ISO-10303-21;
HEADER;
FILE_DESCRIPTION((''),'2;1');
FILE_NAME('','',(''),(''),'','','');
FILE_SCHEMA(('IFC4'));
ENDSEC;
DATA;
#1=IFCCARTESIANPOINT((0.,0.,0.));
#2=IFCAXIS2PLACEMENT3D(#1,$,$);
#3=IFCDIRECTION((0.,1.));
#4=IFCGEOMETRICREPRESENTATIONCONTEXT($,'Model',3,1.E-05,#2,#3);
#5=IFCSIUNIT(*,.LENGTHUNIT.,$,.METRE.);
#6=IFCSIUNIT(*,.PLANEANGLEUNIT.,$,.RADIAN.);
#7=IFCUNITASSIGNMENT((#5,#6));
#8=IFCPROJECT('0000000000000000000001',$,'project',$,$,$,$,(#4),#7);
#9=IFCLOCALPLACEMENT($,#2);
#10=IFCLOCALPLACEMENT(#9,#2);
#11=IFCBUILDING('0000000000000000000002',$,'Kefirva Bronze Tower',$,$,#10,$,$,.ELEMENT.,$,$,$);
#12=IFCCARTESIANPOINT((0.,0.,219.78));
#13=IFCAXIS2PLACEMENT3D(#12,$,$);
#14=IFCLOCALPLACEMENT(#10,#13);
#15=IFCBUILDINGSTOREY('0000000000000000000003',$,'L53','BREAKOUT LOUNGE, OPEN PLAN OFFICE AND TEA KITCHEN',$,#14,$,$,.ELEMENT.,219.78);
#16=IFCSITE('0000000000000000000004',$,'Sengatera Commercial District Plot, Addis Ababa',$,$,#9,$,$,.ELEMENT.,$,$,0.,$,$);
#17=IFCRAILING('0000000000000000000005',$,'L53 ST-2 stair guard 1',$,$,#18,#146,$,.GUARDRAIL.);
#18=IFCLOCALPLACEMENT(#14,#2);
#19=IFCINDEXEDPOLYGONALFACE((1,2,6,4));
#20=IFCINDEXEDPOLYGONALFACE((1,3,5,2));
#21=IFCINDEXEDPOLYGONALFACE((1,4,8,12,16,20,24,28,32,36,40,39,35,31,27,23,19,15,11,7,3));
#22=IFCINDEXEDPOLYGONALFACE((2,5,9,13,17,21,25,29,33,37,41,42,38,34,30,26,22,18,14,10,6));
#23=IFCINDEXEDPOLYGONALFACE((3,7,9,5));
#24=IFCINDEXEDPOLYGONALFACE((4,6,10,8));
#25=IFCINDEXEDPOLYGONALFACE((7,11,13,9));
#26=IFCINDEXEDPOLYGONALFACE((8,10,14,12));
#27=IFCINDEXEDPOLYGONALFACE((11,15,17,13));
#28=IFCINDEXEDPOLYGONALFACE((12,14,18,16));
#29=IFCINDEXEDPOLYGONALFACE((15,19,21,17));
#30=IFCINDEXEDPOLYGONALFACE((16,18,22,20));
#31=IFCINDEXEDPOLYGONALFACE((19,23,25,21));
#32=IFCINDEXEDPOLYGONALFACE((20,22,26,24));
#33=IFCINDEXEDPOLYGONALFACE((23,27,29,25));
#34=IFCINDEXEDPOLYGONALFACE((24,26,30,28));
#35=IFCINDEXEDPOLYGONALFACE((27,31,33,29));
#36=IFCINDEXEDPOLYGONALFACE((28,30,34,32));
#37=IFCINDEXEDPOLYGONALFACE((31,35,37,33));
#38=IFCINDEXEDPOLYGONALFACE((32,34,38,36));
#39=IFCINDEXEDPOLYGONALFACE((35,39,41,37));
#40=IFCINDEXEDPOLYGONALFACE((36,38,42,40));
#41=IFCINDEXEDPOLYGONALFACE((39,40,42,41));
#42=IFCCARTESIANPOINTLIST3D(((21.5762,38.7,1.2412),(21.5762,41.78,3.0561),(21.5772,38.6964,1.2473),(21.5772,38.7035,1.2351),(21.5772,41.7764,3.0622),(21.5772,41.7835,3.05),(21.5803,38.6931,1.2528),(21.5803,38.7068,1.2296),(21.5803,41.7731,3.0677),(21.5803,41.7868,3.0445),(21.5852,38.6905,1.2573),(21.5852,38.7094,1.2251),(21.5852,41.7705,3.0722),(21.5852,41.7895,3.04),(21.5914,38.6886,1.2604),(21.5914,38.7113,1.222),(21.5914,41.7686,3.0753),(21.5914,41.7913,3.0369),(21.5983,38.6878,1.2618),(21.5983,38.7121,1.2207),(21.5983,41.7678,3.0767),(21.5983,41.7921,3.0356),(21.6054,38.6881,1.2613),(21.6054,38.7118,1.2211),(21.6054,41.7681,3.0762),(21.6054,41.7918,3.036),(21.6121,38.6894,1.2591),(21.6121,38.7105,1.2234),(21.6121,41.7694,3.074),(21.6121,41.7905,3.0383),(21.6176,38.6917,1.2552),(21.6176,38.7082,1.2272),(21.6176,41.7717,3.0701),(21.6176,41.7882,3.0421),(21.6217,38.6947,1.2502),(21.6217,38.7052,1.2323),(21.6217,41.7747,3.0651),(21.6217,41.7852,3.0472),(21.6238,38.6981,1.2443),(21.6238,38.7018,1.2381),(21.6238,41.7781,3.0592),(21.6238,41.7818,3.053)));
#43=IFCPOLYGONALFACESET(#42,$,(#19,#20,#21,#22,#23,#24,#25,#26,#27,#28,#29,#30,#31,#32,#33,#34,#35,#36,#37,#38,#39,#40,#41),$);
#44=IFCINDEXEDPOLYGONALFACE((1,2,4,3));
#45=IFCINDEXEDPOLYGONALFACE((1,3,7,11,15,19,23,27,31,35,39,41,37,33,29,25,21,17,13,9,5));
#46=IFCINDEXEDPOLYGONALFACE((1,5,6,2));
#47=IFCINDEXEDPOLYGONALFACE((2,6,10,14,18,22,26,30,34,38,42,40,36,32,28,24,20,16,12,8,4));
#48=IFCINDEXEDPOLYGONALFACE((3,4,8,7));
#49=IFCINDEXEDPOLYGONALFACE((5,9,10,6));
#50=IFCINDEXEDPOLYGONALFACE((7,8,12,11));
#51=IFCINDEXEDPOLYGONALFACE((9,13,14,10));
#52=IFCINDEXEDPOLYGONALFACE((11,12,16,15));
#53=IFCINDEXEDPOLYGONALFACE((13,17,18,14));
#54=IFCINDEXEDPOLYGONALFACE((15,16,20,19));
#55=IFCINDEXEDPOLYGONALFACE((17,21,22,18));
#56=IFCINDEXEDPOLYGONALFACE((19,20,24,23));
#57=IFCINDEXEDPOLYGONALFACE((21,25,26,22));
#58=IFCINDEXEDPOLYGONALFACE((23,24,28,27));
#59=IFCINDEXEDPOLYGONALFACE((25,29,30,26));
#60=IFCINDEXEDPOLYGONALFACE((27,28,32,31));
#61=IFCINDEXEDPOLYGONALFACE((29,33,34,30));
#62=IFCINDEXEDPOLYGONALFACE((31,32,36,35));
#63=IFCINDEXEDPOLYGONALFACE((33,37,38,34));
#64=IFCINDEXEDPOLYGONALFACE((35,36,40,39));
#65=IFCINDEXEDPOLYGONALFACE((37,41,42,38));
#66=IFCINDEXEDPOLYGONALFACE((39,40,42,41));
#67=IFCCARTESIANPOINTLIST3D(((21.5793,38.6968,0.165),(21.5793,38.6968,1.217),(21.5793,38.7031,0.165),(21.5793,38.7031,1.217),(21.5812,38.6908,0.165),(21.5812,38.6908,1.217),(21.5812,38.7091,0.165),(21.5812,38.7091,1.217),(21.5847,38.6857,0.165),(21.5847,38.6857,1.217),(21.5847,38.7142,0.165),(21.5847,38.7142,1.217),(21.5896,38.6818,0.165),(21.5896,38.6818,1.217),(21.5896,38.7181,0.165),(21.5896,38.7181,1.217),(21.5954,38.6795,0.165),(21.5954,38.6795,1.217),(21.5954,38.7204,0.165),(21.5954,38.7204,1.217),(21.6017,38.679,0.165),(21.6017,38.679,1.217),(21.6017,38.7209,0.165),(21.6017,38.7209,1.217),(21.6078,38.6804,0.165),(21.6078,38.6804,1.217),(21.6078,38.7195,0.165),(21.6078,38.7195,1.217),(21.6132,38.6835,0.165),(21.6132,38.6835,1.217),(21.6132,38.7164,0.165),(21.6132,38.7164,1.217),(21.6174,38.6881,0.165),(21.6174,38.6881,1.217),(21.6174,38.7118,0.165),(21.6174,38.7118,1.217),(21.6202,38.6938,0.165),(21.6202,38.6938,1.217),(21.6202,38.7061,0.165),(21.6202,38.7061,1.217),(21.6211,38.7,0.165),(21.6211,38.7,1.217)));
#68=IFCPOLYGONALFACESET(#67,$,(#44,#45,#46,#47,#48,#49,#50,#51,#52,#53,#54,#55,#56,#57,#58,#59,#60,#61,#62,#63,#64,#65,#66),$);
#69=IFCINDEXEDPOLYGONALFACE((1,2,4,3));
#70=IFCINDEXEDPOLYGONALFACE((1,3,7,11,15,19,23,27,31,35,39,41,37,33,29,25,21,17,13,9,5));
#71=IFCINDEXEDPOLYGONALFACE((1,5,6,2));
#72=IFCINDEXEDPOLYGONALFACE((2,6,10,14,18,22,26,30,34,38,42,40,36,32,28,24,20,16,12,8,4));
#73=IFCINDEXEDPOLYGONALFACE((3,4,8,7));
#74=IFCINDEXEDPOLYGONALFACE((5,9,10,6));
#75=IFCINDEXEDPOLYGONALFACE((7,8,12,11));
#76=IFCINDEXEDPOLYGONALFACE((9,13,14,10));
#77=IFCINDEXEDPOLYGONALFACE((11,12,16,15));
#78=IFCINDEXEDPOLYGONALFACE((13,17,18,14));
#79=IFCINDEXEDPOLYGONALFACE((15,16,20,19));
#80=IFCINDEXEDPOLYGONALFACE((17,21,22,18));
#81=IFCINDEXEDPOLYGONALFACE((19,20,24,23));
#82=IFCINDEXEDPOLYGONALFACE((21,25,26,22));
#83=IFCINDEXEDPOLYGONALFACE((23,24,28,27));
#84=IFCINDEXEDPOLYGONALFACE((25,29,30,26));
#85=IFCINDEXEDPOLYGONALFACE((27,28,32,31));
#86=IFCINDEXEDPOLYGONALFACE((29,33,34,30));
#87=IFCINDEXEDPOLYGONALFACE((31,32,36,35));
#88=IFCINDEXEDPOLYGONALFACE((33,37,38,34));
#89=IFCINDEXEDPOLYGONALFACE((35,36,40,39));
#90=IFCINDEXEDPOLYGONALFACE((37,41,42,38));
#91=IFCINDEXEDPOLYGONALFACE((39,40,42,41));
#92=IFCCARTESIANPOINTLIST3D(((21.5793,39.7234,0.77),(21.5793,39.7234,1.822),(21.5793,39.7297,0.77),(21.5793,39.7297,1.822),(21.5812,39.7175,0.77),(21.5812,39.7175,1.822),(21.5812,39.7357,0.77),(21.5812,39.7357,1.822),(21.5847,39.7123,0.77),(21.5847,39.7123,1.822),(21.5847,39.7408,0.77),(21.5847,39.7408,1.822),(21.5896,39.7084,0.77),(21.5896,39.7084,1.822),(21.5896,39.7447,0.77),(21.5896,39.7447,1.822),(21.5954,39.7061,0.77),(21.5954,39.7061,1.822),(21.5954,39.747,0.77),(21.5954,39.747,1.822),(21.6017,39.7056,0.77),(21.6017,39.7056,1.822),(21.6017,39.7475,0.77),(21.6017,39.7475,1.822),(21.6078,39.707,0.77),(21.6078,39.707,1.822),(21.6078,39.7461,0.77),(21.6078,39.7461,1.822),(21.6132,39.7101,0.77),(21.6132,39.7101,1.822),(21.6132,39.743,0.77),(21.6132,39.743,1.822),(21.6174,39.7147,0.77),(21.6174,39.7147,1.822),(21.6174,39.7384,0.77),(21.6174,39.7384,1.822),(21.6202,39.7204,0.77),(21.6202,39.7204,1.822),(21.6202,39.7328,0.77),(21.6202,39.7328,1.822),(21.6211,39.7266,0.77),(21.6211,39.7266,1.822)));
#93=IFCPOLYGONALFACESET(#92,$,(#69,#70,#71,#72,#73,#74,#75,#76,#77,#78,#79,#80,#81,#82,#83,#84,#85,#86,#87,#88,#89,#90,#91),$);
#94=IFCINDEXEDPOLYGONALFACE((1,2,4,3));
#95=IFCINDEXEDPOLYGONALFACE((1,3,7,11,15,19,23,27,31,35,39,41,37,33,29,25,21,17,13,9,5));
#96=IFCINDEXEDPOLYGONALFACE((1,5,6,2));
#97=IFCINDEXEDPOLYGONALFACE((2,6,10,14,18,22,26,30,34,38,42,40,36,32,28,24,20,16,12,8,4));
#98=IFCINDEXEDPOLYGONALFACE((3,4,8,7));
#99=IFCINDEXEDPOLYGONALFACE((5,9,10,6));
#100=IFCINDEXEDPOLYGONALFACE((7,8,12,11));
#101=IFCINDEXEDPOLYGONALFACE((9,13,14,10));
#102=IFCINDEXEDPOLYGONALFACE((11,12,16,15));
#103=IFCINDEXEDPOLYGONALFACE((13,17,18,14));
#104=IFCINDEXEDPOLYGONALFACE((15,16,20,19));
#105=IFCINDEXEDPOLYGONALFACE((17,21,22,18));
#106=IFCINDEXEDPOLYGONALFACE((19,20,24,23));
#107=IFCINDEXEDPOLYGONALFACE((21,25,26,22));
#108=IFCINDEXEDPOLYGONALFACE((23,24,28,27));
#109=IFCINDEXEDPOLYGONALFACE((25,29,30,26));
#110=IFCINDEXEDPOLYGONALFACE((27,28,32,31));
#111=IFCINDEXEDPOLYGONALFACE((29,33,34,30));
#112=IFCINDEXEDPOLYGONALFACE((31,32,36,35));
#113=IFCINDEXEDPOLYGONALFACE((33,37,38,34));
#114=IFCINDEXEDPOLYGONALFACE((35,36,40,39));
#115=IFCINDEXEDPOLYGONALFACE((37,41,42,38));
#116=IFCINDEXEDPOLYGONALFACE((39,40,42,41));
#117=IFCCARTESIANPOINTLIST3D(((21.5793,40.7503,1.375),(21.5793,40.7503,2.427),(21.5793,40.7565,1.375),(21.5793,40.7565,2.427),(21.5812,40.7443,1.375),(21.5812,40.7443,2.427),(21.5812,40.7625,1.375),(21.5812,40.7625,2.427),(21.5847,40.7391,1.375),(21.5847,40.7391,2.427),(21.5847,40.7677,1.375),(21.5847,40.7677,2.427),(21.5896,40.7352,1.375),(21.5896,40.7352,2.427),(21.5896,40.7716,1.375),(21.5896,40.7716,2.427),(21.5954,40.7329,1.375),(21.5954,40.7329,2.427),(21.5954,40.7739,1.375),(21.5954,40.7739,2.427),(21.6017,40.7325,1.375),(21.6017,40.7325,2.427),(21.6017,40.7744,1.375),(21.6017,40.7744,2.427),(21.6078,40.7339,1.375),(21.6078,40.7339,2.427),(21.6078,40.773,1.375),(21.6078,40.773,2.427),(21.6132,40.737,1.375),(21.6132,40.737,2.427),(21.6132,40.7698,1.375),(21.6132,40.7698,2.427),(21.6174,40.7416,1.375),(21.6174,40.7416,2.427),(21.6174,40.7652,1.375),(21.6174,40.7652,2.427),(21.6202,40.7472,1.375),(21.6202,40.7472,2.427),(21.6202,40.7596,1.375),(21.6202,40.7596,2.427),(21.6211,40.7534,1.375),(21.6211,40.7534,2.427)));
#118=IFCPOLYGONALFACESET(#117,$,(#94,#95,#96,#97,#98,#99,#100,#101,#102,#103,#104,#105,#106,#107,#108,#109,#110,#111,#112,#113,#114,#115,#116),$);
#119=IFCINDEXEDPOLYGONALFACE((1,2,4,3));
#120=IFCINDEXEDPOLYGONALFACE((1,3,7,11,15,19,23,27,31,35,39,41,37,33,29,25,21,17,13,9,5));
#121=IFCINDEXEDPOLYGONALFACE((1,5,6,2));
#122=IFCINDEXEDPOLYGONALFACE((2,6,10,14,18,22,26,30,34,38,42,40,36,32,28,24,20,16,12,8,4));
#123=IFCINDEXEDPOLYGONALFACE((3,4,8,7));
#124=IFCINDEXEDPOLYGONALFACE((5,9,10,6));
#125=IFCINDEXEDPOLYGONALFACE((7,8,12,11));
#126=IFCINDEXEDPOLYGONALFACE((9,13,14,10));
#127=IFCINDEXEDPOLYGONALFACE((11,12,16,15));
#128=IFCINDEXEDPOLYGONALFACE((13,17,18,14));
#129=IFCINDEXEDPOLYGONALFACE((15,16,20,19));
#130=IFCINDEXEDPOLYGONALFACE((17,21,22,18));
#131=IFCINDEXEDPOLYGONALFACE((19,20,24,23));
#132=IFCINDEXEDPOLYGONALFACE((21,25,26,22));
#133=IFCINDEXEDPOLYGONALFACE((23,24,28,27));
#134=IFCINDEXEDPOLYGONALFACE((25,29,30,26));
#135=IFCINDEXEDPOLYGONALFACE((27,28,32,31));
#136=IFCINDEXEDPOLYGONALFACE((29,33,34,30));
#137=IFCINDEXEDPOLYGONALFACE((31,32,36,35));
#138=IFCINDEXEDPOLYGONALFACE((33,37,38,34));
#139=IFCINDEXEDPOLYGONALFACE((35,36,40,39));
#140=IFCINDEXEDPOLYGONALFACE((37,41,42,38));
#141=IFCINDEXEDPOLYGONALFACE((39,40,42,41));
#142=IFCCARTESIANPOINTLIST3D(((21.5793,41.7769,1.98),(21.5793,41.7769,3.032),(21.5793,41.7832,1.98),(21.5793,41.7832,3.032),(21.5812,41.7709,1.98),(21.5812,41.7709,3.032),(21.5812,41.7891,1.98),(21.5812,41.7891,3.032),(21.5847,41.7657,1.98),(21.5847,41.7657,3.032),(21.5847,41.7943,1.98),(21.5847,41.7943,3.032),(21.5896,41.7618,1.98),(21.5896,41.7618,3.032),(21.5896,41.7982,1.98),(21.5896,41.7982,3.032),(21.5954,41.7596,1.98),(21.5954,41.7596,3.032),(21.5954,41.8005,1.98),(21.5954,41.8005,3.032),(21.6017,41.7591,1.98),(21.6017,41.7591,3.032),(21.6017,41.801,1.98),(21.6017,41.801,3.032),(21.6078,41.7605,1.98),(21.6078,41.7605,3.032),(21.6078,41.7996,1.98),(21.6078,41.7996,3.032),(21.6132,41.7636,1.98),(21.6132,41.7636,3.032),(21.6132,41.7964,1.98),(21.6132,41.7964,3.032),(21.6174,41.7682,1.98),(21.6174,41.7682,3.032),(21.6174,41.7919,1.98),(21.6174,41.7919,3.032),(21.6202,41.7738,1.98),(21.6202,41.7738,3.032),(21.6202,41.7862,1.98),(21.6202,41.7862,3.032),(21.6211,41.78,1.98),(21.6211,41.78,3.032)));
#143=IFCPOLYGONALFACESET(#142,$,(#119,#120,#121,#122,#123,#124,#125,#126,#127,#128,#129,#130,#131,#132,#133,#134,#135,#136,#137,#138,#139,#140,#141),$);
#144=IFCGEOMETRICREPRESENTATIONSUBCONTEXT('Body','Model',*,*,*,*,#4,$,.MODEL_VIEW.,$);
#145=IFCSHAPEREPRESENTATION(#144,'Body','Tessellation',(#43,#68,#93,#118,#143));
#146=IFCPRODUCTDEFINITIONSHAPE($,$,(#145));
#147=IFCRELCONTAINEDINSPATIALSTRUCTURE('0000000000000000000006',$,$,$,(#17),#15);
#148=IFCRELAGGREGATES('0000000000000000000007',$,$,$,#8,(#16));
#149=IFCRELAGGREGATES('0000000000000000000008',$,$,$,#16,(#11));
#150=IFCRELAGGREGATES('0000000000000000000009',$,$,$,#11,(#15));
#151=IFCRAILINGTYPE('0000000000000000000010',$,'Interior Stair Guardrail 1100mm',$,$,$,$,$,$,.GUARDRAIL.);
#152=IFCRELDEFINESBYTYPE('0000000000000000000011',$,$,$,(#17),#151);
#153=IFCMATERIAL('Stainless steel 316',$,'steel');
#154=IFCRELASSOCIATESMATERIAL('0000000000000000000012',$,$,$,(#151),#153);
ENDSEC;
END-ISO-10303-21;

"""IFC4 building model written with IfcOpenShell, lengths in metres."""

from ifc_helpers import new_model, si_unit, direction, frame, origin, origin_2d, place, context, subcontext, project, spatial, circle, extrude, material, type_object, element, save


model = new_model("IFC4")

# Units and contexts
model_context = context("Model", 3, precision=1e-05, world=origin(), true_north=direction((0.0, 1.0)))
body_context = subcontext(model_context, "Body", "Model", "MODEL_VIEW")
ifc_project = project(units=[si_unit("LENGTHUNIT", "METRE"), si_unit("PLANEANGLEUNIT", "RADIAN")], contexts=[model_context])

# Site, building, storey
site_placement = place(None, origin())
site = spatial("IfcSite", under=ifc_project, at=site_placement, Name="Sengatera Commercial District Plot, Addis Ababa", CompositionType="ELEMENT", RefElevation=0.0)
building_placement = place(site_placement, origin())
building = spatial("IfcBuilding", under=site, at=building_placement, Name="Kefirva Bronze Tower", CompositionType="ELEMENT")
storey_placement = place(building_placement, frame((0.0, 0.0, 219.78)))
storey = spatial("IfcBuildingStorey", under=building, at=storey_placement, Name="L53", Description="BREAKOUT LOUNGE, OPEN PLAN OFFICE AND TEA KITCHEN", CompositionType="ELEMENT", Elevation=219.78)

# Railing
ifc_material_1 = material(Name="Stainless steel 316", Category="steel")
railing_type_1 = type_object("IfcRailingType", Name="Interior Stair Guardrail 1100mm", PredefinedType="GUARDRAIL", material=ifc_material_1)
railing_1_placement = place(storey_placement, frame((21.6001, 38.7, 0.165)))
element("IfcRailing", 1, at=railing_1_placement, inside=storey, type_object=railing_type_1, Name="L53 ST-2 stair guard 1", PredefinedType="GUARDRAIL", context=body_context, shape_type="SweptSolid", body=[
    extrude(circle(Radius=0.0239, at=origin_2d()), frame((0.0, 0.0, 1.0762), z_axis=(0.0, 0.861551, 0.507671), x_axis=(-1.0, 0.0, 0.0)), (0.0, 0.0, 1.0), 3.575),
    extrude(circle(Radius=0.021, at=origin_2d()), origin(), (0.0, 0.0, 1.0), 1.052),
    extrude(circle(Radius=0.021, at=origin_2d()), frame((0.0, 1.0266, 0.605)), (0.0, 0.0, 1.0), 1.052),
    extrude(circle(Radius=0.021, at=origin_2d()), frame((0.0, 2.0535, 1.21)), (0.0, 0.0, 1.0), 1.052),
    extrude(circle(Radius=0.021, at=origin_2d()), frame((0.0, 3.0801, 1.8149)), (0.0, 0.0, 1.0), 1.052),
])

save(model, "model.ifc")
